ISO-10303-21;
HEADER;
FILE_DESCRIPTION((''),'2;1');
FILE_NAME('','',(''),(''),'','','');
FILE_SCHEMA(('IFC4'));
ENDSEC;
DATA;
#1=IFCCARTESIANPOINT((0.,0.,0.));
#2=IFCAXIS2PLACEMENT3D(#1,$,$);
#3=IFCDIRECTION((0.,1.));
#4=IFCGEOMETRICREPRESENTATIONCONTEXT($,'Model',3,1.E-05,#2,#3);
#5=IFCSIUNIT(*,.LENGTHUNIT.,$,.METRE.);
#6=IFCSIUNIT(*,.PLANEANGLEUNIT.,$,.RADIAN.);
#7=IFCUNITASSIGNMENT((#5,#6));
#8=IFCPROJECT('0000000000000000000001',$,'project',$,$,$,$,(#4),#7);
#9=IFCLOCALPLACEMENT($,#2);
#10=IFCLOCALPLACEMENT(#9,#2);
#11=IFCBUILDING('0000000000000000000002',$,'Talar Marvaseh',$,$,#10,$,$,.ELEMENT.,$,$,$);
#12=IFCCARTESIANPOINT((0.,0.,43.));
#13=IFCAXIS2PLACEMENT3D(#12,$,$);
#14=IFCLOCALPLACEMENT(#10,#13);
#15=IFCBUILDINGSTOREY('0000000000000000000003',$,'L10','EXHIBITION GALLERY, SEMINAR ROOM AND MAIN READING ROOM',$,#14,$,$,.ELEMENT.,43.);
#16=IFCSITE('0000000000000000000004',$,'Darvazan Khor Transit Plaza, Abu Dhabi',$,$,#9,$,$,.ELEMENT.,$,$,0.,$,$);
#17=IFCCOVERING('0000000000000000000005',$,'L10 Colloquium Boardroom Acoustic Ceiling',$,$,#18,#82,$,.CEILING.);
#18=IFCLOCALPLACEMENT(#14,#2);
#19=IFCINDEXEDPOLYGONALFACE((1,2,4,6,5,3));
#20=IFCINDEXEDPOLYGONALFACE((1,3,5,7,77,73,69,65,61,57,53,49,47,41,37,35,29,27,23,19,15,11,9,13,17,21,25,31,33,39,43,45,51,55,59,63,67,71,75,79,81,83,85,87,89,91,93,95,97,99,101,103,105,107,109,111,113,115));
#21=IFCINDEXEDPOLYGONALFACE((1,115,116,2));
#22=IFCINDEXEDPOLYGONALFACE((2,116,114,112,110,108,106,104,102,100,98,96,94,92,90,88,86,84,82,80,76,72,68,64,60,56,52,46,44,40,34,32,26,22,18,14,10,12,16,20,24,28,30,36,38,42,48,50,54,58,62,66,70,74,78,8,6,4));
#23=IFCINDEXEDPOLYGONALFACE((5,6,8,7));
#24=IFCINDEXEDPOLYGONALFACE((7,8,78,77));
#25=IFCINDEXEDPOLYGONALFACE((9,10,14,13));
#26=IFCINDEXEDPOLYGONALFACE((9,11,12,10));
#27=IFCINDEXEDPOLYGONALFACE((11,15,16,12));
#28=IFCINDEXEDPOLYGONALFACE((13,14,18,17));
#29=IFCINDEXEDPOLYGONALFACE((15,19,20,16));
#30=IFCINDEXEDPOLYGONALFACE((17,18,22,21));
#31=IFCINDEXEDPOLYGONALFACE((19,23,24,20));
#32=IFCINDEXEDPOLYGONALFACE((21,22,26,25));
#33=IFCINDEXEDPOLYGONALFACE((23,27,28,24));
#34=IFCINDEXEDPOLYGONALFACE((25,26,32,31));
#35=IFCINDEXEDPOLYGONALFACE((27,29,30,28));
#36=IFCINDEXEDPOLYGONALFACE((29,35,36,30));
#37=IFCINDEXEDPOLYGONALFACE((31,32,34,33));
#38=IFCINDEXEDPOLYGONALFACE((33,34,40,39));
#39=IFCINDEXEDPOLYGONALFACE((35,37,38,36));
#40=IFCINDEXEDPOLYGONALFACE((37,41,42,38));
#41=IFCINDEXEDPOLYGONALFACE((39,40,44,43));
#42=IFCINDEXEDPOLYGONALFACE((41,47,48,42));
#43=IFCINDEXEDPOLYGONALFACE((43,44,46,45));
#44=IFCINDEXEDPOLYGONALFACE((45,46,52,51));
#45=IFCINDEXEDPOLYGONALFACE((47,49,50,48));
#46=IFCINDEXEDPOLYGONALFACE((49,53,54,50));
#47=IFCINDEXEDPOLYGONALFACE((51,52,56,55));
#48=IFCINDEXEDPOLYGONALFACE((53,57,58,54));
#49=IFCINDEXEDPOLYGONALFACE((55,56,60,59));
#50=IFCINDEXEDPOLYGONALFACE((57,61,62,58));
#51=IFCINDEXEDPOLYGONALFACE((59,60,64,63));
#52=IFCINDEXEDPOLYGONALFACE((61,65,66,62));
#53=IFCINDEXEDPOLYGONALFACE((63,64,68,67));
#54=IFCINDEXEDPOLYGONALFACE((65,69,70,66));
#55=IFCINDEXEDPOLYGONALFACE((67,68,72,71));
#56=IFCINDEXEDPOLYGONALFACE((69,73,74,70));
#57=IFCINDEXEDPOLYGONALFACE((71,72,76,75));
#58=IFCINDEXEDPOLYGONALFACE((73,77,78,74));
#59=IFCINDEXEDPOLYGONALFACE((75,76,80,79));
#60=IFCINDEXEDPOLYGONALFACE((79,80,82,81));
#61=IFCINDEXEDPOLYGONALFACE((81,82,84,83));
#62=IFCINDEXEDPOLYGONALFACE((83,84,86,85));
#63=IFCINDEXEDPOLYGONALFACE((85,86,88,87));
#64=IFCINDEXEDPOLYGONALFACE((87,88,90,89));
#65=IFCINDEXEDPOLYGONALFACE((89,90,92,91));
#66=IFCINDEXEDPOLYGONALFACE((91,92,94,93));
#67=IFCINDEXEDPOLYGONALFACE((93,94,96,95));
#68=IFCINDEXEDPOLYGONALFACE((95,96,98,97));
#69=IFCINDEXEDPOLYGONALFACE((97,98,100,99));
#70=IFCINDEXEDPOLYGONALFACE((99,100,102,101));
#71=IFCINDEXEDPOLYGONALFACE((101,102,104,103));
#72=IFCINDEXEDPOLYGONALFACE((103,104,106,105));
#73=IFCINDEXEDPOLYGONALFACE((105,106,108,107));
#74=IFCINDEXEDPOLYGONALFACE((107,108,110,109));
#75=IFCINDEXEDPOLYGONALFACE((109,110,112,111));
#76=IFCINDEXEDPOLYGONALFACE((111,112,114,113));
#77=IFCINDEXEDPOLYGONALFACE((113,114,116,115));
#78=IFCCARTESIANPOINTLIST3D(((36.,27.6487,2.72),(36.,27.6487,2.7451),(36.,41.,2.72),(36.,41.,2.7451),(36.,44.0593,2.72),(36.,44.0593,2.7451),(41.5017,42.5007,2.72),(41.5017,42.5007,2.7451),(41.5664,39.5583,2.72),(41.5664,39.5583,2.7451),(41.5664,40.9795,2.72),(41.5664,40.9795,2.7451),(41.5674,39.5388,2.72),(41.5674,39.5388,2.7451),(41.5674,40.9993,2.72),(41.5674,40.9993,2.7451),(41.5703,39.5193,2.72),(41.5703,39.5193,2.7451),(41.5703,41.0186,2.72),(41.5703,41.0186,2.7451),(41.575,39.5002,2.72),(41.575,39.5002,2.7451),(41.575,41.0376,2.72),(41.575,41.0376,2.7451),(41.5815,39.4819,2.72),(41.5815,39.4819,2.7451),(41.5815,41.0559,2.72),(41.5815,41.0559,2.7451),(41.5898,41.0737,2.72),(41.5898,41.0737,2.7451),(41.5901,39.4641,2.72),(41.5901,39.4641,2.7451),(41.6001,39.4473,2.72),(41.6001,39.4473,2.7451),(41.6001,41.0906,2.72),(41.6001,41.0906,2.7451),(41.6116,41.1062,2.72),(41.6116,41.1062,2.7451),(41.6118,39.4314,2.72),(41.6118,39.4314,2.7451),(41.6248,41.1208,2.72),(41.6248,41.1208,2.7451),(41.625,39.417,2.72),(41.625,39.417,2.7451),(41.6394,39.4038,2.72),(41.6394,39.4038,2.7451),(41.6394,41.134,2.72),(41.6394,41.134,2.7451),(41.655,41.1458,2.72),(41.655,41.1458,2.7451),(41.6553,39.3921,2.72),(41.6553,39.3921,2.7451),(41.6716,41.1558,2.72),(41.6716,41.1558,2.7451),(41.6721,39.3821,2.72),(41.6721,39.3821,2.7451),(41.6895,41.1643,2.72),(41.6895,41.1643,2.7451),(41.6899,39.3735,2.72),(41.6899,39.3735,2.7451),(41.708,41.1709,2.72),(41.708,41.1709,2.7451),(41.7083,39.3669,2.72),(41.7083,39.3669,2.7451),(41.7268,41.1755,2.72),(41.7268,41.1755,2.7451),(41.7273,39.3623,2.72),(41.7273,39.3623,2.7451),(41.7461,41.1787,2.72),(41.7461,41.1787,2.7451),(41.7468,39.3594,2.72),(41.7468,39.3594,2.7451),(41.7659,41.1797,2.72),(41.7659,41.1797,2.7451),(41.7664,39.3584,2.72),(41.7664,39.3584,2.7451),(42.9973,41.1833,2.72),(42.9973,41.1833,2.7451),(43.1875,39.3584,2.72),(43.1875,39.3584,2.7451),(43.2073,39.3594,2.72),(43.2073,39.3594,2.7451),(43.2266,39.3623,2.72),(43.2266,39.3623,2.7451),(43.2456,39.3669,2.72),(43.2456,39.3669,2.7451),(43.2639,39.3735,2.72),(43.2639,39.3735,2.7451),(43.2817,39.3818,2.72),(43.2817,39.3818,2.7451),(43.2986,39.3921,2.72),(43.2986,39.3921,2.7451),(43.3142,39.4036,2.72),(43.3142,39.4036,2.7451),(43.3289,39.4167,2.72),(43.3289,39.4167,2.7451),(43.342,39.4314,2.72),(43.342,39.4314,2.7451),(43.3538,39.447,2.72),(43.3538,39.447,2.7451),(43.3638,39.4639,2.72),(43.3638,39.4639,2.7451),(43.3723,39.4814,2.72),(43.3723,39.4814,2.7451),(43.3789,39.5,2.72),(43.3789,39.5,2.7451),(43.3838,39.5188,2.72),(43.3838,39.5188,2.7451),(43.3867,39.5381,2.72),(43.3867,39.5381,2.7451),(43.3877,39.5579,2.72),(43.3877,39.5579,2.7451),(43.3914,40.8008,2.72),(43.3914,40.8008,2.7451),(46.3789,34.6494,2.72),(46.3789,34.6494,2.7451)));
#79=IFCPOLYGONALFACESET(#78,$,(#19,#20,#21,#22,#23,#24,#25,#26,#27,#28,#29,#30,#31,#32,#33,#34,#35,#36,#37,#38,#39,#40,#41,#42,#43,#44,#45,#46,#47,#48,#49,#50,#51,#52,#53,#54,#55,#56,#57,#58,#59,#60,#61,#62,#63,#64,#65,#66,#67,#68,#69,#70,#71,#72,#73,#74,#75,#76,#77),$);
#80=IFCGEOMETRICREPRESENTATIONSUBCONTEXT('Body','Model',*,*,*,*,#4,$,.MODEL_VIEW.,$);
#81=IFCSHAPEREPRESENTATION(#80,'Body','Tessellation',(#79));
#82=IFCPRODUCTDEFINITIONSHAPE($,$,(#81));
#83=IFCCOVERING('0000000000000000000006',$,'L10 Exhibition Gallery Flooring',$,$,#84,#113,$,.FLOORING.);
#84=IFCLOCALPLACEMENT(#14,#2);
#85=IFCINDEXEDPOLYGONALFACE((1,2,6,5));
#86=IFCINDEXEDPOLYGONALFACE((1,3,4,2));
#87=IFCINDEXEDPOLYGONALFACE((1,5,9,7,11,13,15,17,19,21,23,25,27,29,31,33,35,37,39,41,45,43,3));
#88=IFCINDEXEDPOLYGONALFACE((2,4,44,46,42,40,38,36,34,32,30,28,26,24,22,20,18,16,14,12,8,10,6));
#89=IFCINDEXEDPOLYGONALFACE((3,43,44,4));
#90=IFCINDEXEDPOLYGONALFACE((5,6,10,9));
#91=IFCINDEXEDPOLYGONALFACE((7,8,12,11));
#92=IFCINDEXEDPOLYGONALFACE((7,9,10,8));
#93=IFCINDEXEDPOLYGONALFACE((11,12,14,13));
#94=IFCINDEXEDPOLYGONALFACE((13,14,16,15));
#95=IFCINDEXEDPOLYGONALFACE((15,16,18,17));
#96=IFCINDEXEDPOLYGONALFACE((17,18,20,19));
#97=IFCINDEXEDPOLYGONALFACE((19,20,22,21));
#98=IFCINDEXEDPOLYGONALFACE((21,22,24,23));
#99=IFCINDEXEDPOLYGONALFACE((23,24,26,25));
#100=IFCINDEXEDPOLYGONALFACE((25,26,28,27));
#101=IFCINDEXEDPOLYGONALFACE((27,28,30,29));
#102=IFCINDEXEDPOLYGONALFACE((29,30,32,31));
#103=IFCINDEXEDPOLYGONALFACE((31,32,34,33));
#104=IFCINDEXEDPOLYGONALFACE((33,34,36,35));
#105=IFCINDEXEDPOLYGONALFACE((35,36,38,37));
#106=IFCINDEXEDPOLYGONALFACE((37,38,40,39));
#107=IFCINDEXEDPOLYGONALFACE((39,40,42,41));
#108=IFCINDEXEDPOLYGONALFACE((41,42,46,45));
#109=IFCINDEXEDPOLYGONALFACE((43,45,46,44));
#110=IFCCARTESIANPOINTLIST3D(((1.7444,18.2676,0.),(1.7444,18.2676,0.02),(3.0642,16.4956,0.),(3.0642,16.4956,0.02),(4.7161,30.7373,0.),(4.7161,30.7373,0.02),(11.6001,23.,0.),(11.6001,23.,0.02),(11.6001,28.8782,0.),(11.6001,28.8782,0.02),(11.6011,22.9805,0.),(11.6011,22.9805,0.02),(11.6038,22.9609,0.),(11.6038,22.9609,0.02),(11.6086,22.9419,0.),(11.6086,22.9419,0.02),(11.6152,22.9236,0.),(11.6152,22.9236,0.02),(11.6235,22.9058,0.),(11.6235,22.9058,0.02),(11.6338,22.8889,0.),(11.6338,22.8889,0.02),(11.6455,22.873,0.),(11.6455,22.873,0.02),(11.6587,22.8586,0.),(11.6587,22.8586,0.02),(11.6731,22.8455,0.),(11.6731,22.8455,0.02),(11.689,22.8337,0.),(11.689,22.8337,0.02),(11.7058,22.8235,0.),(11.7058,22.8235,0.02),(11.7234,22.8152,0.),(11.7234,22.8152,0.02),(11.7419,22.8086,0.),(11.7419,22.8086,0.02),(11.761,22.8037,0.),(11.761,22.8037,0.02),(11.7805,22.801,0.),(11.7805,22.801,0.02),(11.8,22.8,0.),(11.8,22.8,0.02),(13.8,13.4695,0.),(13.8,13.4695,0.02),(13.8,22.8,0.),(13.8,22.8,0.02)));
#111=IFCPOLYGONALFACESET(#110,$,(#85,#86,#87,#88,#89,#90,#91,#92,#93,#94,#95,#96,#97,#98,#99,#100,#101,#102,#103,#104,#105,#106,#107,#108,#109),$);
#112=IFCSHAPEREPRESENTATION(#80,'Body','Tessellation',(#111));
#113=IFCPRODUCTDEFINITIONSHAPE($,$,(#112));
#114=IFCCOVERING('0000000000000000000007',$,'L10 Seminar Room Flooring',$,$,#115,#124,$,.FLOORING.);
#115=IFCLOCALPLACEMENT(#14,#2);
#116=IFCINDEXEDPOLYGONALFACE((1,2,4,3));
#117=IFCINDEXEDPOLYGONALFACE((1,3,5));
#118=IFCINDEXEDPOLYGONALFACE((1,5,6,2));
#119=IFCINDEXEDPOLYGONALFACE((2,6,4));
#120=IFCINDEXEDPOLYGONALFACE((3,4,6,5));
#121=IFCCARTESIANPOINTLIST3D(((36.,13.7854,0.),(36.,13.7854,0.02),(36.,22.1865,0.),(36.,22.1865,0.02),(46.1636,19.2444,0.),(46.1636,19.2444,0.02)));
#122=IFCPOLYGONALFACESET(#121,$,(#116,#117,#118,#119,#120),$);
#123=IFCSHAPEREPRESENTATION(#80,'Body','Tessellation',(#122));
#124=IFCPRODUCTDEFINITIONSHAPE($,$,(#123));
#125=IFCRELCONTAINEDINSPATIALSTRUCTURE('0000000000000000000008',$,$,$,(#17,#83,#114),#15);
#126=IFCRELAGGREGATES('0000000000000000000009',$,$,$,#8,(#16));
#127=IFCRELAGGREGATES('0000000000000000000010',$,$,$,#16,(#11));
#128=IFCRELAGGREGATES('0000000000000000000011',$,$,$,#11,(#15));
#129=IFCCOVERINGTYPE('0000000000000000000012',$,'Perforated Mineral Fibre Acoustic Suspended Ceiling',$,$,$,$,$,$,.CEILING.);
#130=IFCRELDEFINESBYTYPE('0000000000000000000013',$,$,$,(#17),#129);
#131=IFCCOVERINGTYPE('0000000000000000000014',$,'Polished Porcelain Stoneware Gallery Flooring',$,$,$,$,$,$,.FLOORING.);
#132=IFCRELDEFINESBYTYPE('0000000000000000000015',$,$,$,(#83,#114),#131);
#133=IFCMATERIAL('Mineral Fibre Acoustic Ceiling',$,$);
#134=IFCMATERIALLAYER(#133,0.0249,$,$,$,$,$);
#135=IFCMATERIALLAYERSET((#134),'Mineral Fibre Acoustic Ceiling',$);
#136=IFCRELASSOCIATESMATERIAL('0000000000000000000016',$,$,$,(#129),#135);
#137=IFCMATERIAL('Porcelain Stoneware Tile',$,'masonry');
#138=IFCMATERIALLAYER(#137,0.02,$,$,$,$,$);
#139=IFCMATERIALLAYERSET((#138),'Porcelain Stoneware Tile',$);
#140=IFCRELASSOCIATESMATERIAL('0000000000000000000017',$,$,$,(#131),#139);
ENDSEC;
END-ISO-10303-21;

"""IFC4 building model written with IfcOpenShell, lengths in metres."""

from ifc_helpers import new_model, si_unit, direction, frame, origin, place, context, subcontext, project, spatial, polyline, outline, extrude, material, layer, layer_set, type_object, element, save


model = new_model("IFC4")

# Units and contexts
model_context = context("Model", 3, precision=1e-05, world=origin(), true_north=direction((0.0, 1.0)))
body_context = subcontext(model_context, "Body", "Model", "MODEL_VIEW")
ifc_project = project(units=[si_unit("LENGTHUNIT", "METRE"), si_unit("PLANEANGLEUNIT", "RADIAN")], contexts=[model_context])

# Site, building, storey
site_placement = place(None, origin())
site = spatial("IfcSite", under=ifc_project, at=site_placement, Name="Darvazan Khor Transit Plaza, Abu Dhabi", CompositionType="ELEMENT", RefElevation=0.0)
building_placement = place(site_placement, origin())
building = spatial("IfcBuilding", under=site, at=building_placement, Name="Talar Marvaseh", CompositionType="ELEMENT")
storey_placement = place(building_placement, frame((0.0, 0.0, 43.0)))
storey = spatial("IfcBuildingStorey", under=building, at=storey_placement, Name="L10", Description="EXHIBITION GALLERY, SEMINAR ROOM AND MAIN READING ROOM", CompositionType="ELEMENT", Elevation=43.0)

# Coverings
ifc_material_1 = material(Name="Mineral Fibre Acoustic Ceiling")
ifc_layer_1 = layer(ifc_material_1, 0.0249)
ifc_layer_set_1 = layer_set([ifc_layer_1], Name="Mineral Fibre Acoustic Ceiling")
covering_type_1 = type_object("IfcCoveringType", Name="Perforated Mineral Fibre Acoustic Suspended Ceiling", PredefinedType="CEILING", material=ifc_layer_set_1)
covering_1_placement = place(storey_placement, frame((0.0, 0.0, 2.72)))
element("IfcCovering", 1, at=covering_1_placement, inside=storey, type_object=covering_type_1, Name="L10 Colloquium Boardroom Acoustic Ceiling", PredefinedType="CEILING", context=body_context, shape_type="SweptSolid", body=[
    extrude(outline(polyline([(42.9973, 41.1833), (41.7659, 41.1797), (41.7461, 41.1787), (41.7268, 41.1755), (41.708, 41.1709), (41.6895, 41.1643), (41.6716, 41.1558), (41.655, 41.1458), (41.6394, 41.134), (41.6248, 41.1208), (41.6116, 41.1062), (41.6001, 41.0906), (41.5898, 41.0737), (41.5815, 41.0559), (41.575, 41.0376), (41.5703, 41.0186), (41.5674, 40.9993), (41.5664, 40.9795), (41.5664, 39.5583), (41.5674, 39.5388), (41.5703, 39.5193), (41.575, 39.5002), (41.5815, 39.4819), (41.5901, 39.4641), (41.6001, 39.4473), (41.6118, 39.4314), (41.625, 39.417), (41.6394, 39.4038), (41.6553, 39.3921), (41.6721, 39.3821), (41.6899, 39.3735), (41.7083, 39.3669), (41.7273, 39.3623), (41.7468, 39.3594), (41.7664, 39.3584), (43.1875, 39.3584), (43.2073, 39.3594), (43.2266, 39.3623), (43.2456, 39.3669), (43.2639, 39.3735), (43.2817, 39.3818), (43.2986, 39.3921), (43.3142, 39.4036), (43.3289, 39.4167), (43.342, 39.4314), (43.3538, 39.447), (43.3638, 39.4639), (43.3723, 39.4814), (43.3789, 39.5), (43.3838, 39.5188), (43.3867, 39.5381), (43.3877, 39.5579), (43.3914, 40.8008), (46.3789, 34.6494), (36.0, 27.6487), (36.0, 41.0), (36.0, 44.0593), (41.5017, 42.5007), (42.9973, 41.1833)])), origin(), (0.0, 0.0, 1.0), 0.0251),
])
ifc_material_2 = material(Name="Porcelain Stoneware Tile", Category="masonry")
ifc_layer_2 = layer(ifc_material_2, 0.02)
ifc_layer_set_2 = layer_set([ifc_layer_2], Name="Porcelain Stoneware Tile")
covering_type_2 = type_object("IfcCoveringType", Name="Polished Porcelain Stoneware Gallery Flooring", PredefinedType="FLOORING", material=ifc_layer_set_2)
covering_2_placement = place(storey_placement, origin())
element("IfcCovering", 2, at=covering_2_placement, inside=storey, type_object=covering_type_2, Name="L10 Exhibition Gallery Flooring", PredefinedType="FLOORING", context=body_context, shape_type="SweptSolid", body=[
    extrude(outline(polyline([(11.6001, 28.8782), (11.6001, 23.0), (11.6011, 22.9805), (11.6038, 22.9609), (11.6086, 22.9419), (11.6152, 22.9236), (11.6235, 22.9058), (11.6338, 22.8889), (11.6455, 22.873), (11.6587, 22.8586), (11.6731, 22.8455), (11.689, 22.8337), (11.7058, 22.8235), (11.7234, 22.8152), (11.7419, 22.8086), (11.761, 22.8037), (11.7805, 22.801), (11.8, 22.8), (13.8, 22.8), (13.8, 13.4695), (3.0642, 16.4956), (1.7444, 18.2676), (4.7161, 30.7373), (11.6001, 28.8782)])), origin(), (0.0, 0.0, 1.0), 0.02),
])
covering_3_placement = place(storey_placement, origin())
element("IfcCovering", 3, at=covering_3_placement, inside=storey, type_object=covering_type_2, Name="L10 Seminar Room Flooring", PredefinedType="FLOORING", context=body_context, shape_type="SweptSolid", body=[
    extrude(outline(polyline([(36.0, 13.7854), (36.0, 22.1865), (46.1636, 19.2444), (36.0, 13.7854)])), origin(), (0.0, 0.0, 1.0), 0.02),
])

save(model, "model.ifc")
